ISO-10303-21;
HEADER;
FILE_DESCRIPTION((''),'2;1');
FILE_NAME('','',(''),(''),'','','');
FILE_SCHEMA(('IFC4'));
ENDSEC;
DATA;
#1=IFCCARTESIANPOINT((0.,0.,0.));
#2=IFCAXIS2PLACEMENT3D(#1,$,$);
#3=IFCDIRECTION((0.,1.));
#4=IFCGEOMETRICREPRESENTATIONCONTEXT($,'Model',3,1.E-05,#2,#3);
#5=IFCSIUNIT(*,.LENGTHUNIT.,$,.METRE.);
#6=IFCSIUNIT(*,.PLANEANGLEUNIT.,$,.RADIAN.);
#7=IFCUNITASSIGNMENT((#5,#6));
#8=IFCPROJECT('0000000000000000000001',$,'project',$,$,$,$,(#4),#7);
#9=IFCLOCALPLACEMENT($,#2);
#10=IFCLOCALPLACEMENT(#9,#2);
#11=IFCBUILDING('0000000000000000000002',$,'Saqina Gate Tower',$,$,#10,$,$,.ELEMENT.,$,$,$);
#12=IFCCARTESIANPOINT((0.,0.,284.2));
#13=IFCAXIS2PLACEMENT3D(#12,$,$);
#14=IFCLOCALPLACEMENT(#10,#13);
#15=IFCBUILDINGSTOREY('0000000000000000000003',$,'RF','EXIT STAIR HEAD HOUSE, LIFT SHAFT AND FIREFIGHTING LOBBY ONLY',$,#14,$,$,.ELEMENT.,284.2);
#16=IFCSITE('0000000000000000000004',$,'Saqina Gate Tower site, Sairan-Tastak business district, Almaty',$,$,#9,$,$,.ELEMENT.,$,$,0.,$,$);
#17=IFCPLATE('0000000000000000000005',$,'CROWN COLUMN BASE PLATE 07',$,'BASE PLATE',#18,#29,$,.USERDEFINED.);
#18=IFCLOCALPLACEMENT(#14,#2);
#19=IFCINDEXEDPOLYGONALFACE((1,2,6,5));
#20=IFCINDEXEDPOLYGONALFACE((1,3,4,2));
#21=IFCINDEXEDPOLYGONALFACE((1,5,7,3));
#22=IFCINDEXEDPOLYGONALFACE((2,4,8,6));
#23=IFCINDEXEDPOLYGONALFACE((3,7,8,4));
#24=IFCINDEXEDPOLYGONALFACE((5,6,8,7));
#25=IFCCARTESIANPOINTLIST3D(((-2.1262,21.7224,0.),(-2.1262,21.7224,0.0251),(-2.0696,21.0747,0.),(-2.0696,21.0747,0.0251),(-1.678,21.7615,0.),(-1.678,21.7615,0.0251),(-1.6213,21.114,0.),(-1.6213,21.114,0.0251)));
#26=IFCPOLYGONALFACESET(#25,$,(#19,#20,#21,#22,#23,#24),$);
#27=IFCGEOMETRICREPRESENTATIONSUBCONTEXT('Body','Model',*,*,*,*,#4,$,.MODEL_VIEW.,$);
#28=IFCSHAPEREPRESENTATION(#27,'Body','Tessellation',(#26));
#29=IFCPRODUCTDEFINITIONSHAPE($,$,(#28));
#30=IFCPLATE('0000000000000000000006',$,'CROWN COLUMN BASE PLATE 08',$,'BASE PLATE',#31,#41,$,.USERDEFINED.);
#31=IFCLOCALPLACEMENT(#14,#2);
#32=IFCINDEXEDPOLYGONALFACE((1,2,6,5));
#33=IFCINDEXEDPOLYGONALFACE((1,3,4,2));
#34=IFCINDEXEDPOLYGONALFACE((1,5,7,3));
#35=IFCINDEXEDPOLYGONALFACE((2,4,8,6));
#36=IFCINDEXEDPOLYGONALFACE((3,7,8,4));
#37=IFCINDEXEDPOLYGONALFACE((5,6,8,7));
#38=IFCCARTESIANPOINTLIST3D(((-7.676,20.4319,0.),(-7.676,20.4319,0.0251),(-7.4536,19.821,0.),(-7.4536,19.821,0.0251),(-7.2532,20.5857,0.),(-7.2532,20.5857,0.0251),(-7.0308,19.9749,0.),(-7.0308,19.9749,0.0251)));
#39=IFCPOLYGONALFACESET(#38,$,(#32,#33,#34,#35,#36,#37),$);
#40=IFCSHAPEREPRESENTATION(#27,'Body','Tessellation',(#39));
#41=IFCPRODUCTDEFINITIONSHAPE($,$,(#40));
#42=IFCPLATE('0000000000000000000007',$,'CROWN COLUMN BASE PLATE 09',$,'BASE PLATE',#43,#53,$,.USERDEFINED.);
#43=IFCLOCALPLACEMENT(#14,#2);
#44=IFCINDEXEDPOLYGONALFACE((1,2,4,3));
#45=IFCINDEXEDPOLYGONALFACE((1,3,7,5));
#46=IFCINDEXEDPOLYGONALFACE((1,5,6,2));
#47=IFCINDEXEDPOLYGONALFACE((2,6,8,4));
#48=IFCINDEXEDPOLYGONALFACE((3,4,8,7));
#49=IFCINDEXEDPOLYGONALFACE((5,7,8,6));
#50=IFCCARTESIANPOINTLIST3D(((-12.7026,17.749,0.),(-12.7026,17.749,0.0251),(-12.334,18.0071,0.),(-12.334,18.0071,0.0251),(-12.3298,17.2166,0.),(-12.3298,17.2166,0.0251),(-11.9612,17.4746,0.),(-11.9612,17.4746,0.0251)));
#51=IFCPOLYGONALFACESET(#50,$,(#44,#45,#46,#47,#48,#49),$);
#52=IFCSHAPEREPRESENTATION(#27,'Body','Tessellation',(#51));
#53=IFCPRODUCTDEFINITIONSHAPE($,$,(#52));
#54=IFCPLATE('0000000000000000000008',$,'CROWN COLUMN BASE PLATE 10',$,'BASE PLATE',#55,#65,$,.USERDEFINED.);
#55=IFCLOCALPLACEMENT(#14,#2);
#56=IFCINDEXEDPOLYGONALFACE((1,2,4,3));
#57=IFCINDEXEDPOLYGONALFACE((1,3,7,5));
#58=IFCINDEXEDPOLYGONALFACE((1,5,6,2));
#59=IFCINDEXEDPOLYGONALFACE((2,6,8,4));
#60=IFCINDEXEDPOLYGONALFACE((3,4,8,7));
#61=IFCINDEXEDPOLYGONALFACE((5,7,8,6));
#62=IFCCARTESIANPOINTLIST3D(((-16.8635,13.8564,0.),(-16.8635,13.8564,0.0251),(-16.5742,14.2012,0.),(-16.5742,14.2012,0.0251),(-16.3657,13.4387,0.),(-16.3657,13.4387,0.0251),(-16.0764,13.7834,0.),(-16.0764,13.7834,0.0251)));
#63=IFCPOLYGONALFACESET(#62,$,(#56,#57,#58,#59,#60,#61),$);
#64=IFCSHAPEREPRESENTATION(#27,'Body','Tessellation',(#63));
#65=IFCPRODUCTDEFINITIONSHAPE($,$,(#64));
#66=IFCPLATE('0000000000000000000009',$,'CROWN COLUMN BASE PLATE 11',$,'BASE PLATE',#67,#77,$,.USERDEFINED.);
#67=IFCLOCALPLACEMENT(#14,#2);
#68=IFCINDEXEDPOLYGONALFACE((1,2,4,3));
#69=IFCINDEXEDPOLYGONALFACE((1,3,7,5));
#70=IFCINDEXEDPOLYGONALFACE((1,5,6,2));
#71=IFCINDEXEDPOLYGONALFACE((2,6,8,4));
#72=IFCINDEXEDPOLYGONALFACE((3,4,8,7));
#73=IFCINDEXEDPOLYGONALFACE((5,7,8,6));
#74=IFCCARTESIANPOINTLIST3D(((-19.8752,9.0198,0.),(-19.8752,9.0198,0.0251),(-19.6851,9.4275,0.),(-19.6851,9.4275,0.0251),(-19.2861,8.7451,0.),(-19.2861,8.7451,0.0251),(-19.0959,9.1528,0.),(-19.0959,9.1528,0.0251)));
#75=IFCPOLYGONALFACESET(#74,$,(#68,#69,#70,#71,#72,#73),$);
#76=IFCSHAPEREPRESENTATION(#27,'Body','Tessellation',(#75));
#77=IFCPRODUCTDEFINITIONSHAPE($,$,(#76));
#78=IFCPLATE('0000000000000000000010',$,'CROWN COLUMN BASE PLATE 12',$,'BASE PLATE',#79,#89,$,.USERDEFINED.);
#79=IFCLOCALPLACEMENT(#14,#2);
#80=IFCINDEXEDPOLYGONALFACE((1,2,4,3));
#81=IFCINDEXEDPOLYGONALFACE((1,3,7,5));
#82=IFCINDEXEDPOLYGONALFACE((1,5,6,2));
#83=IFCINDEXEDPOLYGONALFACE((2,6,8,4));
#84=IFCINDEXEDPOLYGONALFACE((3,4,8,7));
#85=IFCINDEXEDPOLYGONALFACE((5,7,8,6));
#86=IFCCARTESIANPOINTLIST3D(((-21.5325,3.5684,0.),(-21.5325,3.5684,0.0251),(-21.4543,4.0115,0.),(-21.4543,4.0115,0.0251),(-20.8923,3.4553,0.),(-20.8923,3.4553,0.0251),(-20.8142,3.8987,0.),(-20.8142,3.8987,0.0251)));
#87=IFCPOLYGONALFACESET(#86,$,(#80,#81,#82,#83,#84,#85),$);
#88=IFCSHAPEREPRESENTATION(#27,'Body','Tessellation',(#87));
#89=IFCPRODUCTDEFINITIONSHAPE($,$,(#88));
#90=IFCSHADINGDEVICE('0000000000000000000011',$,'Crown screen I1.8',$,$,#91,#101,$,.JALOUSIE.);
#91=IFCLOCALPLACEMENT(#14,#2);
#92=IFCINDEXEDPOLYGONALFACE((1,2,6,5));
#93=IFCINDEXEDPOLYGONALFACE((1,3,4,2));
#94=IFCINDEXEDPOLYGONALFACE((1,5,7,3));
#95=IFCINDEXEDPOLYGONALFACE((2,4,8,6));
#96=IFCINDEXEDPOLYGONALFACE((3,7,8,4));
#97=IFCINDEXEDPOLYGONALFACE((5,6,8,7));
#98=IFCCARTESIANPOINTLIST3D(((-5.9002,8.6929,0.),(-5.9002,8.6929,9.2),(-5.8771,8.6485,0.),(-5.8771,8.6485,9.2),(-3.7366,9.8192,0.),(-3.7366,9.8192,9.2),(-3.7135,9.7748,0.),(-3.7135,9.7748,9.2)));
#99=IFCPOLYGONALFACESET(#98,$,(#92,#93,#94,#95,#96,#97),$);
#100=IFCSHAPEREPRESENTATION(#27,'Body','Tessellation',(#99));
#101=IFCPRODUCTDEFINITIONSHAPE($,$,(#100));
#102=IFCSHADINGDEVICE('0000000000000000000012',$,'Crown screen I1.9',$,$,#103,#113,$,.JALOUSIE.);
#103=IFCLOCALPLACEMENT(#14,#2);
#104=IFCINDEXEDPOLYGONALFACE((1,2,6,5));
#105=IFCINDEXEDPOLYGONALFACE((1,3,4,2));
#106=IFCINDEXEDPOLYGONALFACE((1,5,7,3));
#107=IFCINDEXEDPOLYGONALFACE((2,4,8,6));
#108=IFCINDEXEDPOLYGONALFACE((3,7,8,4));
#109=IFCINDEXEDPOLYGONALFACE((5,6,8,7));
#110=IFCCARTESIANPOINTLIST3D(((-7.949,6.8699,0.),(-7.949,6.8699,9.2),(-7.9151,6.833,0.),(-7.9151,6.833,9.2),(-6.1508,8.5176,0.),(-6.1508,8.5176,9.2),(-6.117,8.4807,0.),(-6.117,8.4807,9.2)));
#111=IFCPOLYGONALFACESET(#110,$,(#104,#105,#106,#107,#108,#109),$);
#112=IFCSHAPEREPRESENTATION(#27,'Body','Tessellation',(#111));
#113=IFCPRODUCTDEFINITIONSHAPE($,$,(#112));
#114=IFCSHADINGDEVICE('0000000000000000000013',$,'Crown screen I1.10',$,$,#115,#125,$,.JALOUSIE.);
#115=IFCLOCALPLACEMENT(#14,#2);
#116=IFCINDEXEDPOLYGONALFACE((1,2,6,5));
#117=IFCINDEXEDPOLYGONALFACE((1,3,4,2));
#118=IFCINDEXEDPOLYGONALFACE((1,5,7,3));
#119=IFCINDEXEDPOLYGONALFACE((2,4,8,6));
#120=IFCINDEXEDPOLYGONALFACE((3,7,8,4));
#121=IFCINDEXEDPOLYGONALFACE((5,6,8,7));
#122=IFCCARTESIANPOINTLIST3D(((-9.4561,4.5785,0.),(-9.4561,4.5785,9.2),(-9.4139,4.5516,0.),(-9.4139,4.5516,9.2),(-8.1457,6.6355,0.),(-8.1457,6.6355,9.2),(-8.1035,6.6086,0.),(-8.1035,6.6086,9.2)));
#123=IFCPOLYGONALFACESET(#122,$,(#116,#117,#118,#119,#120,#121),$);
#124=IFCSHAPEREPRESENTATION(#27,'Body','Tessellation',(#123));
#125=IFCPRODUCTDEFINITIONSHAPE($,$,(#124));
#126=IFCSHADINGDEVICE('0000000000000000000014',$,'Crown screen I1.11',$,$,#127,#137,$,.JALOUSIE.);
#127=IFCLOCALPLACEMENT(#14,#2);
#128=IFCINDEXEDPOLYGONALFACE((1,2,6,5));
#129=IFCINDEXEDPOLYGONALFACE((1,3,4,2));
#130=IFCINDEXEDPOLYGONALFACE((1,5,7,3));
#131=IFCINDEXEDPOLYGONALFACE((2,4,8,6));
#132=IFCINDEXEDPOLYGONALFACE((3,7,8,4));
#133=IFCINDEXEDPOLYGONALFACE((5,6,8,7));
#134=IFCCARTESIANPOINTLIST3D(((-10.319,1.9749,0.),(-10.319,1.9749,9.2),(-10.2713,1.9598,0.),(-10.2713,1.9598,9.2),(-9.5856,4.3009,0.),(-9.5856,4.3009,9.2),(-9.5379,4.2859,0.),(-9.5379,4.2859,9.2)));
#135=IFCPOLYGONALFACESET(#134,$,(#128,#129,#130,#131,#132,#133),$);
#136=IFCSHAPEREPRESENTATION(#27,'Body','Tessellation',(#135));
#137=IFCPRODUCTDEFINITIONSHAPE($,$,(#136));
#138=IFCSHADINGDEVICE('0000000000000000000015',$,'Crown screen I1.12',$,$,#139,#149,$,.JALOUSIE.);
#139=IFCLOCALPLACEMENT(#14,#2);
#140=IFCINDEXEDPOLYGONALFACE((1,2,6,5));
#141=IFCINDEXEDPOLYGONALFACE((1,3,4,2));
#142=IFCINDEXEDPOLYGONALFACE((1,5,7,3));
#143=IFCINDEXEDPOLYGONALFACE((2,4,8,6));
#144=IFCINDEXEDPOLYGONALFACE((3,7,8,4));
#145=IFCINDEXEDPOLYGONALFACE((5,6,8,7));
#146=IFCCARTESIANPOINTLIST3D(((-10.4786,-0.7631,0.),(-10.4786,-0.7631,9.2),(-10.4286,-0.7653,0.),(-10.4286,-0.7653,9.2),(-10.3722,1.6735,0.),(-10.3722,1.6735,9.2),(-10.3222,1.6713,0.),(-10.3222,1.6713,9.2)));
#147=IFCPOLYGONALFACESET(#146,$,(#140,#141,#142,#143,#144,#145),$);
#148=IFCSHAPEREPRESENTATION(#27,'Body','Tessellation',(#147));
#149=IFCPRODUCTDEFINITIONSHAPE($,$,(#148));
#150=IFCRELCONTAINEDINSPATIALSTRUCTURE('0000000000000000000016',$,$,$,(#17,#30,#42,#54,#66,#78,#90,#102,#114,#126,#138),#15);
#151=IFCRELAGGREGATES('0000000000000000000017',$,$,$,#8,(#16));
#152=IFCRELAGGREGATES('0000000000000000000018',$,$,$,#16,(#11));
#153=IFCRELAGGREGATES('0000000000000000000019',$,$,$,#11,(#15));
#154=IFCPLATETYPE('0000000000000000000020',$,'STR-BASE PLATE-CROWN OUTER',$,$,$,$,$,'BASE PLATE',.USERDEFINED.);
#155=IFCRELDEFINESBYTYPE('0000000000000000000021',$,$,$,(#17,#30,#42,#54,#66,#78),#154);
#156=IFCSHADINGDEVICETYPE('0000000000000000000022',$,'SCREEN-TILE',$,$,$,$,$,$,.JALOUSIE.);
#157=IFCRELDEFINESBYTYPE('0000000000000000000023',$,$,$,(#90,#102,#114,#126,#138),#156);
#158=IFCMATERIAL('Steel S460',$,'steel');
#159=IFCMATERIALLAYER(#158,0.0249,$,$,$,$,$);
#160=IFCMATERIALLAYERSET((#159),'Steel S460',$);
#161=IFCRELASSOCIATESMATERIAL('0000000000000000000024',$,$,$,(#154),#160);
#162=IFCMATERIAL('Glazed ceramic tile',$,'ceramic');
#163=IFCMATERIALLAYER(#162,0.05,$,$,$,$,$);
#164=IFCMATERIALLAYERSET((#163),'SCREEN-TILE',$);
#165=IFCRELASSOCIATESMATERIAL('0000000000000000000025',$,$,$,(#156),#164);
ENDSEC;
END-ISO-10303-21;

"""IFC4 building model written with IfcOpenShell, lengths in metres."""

from ifc_helpers import new_model, si_unit, direction, frame, origin, origin_2d, place, context, subcontext, project, spatial, polyline, rectangle, outline, extrude, material, layer, layer_set, type_object, element, save


model = new_model("IFC4")

# Units and contexts
model_context = context("Model", 3, precision=1e-05, world=origin(), true_north=direction((0.0, 1.0)))
body_context = subcontext(model_context, "Body", "Model", "MODEL_VIEW")
ifc_project = project(units=[si_unit("LENGTHUNIT", "METRE"), si_unit("PLANEANGLEUNIT", "RADIAN")], contexts=[model_context])

# Site, building, storey
site_placement = place(None, origin())
site = spatial("IfcSite", under=ifc_project, at=site_placement, Name="Saqina Gate Tower site, Sairan-Tastak business district, Almaty", CompositionType="ELEMENT", RefElevation=0.0)
building_placement = place(site_placement, origin())
building = spatial("IfcBuilding", under=site, at=building_placement, Name="Saqina Gate Tower", CompositionType="ELEMENT")
storey_placement = place(building_placement, frame((0.0, 0.0, 284.2)))
storey = spatial("IfcBuildingStorey", under=building, at=storey_placement, Name="RF", Description="EXIT STAIR HEAD HOUSE, LIFT SHAFT AND FIREFIGHTING LOBBY ONLY", CompositionType="ELEMENT", Elevation=284.2)

# Plates
ifc_material_1 = material(Name="Steel S460", Category="steel")
ifc_layer_1 = layer(ifc_material_1, 0.0249)
ifc_layer_set_1 = layer_set([ifc_layer_1], Name="Steel S460")
plate_type_1 = type_object("IfcPlateType", Name="STR-BASE PLATE-CROWN OUTER", ElementType="BASE PLATE", PredefinedType="USERDEFINED", material=ifc_layer_set_1)
plate_1_placement = place(storey_placement, origin())
element("IfcPlate", 1, at=plate_1_placement, inside=storey, type_object=plate_type_1, Name="CROWN COLUMN BASE PLATE 07", ObjectType="BASE PLATE", PredefinedType="USERDEFINED", context=body_context, shape_type="SweptSolid", body=[
    extrude(outline(polyline([(-1.678, 21.7615), (-2.1262, 21.7224), (-2.0696, 21.0747), (-1.6213, 21.114), (-1.678, 21.7615)])), origin(), (0.0, 0.0, 1.0), 0.0251),
])
plate_2_placement = place(storey_placement, origin())
element("IfcPlate", 2, at=plate_2_placement, inside=storey, type_object=plate_type_1, Name="CROWN COLUMN BASE PLATE 08", ObjectType="BASE PLATE", PredefinedType="USERDEFINED", context=body_context, shape_type="SweptSolid", body=[
    extrude(outline(polyline([(-7.2532, 20.5857), (-7.676, 20.4319), (-7.4536, 19.821), (-7.0308, 19.9749), (-7.2532, 20.5857)])), origin(), (0.0, 0.0, 1.0), 0.0251),
])
plate_3_placement = place(storey_placement, origin())
element("IfcPlate", 3, at=plate_3_placement, inside=storey, type_object=plate_type_1, Name="CROWN COLUMN BASE PLATE 09", ObjectType="BASE PLATE", PredefinedType="USERDEFINED", context=body_context, shape_type="SweptSolid", body=[
    extrude(outline(polyline([(-12.334, 18.0071), (-12.7026, 17.749), (-12.3298, 17.2166), (-11.9612, 17.4746), (-12.334, 18.0071)])), origin(), (0.0, 0.0, 1.0), 0.0251),
])
plate_4_placement = place(storey_placement, origin())
element("IfcPlate", 4, at=plate_4_placement, inside=storey, type_object=plate_type_1, Name="CROWN COLUMN BASE PLATE 10", ObjectType="BASE PLATE", PredefinedType="USERDEFINED", context=body_context, shape_type="SweptSolid", body=[
    extrude(outline(polyline([(-16.5742, 14.2012), (-16.8635, 13.8564), (-16.3657, 13.4387), (-16.0764, 13.7834), (-16.5742, 14.2012)])), origin(), (0.0, 0.0, 1.0), 0.0251),
])
plate_5_placement = place(storey_placement, origin())
element("IfcPlate", 5, at=plate_5_placement, inside=storey, type_object=plate_type_1, Name="CROWN COLUMN BASE PLATE 11", ObjectType="BASE PLATE", PredefinedType="USERDEFINED", context=body_context, shape_type="SweptSolid", body=[
    extrude(outline(polyline([(-19.6851, 9.4275), (-19.8752, 9.0198), (-19.2861, 8.7451), (-19.0959, 9.1528), (-19.6851, 9.4275)])), origin(), (0.0, 0.0, 1.0), 0.0251),
])
plate_6_placement = place(storey_placement, origin())
element("IfcPlate", 6, at=plate_6_placement, inside=storey, type_object=plate_type_1, Name="CROWN COLUMN BASE PLATE 12", ObjectType="BASE PLATE", PredefinedType="USERDEFINED", context=body_context, shape_type="SweptSolid", body=[
    extrude(outline(polyline([(-21.4543, 4.0115), (-21.5325, 3.5684), (-20.8923, 3.4553), (-20.8142, 3.8987), (-21.4543, 4.0115)])), origin(), (0.0, 0.0, 1.0), 0.0251),
])

# Shading devices
ifc_material_2 = material(Name="Glazed ceramic tile", Category="ceramic")
ifc_layer_2 = layer(ifc_material_2, 0.05)
ifc_layer_set_2 = layer_set([ifc_layer_2], Name="SCREEN-TILE")
shading_device_type = type_object("IfcShadingDeviceType", Name="SCREEN-TILE", PredefinedType="JALOUSIE", material=ifc_layer_set_2)
shading_device_placement = place(storey_placement, frame((-4.8069, 9.2339, 0.0), z_axis=(0.0, 0.0, 1.0), x_axis=(-0.887011, -0.461749, 0.0)))
element("IfcShadingDevice", 7, at=shading_device_placement, inside=storey, type_object=shading_device_type, Name="Crown screen I1.8", PredefinedType="JALOUSIE", context=body_context, shape_type="SweptSolid", body=[
    extrude(rectangle(XDim=2.4392, YDim=0.05, at=origin_2d()), origin(), (0.0, 0.0, 1.0), 9.2),
])
for number, where, z_axis, x_axis, name in (
    (8, (-7.033, 7.6753, 0.0), (0.0, 0.0, 1.0), (-0.737277, -0.67559, 0.0), "Crown screen I1.9"),
    (9, (-8.7798, 5.5935, 0.0), (0.0, 0.0, 1.0), (-0.5373, -0.843391, 0.0), "Crown screen I1.10"),
    (10, (-9.9285, 3.1304, 0.0), (0.0, 0.0, 1.0), (-0.300706, -0.953717, 0.0), "Crown screen I1.11"),
    (11, (-10.4004, 0.4541, 0.0), (0.0, 0.0, 1.0), (-0.043619, -0.999048, 0.0), "Crown screen I1.12"),
):
    element("IfcShadingDevice", number, at=place(storey_placement, frame(where, z_axis=z_axis, x_axis=x_axis)), inside=storey, type_object=shading_device_type, Name=name, PredefinedType="JALOUSIE", context=body_context, shape_type="SweptSolid", body=[
        extrude(rectangle(XDim=2.439, YDim=0.05, at=origin_2d()), origin(), (0.0, 0.0, 1.0), 9.2),
    ])

save(model, "model.ifc")
